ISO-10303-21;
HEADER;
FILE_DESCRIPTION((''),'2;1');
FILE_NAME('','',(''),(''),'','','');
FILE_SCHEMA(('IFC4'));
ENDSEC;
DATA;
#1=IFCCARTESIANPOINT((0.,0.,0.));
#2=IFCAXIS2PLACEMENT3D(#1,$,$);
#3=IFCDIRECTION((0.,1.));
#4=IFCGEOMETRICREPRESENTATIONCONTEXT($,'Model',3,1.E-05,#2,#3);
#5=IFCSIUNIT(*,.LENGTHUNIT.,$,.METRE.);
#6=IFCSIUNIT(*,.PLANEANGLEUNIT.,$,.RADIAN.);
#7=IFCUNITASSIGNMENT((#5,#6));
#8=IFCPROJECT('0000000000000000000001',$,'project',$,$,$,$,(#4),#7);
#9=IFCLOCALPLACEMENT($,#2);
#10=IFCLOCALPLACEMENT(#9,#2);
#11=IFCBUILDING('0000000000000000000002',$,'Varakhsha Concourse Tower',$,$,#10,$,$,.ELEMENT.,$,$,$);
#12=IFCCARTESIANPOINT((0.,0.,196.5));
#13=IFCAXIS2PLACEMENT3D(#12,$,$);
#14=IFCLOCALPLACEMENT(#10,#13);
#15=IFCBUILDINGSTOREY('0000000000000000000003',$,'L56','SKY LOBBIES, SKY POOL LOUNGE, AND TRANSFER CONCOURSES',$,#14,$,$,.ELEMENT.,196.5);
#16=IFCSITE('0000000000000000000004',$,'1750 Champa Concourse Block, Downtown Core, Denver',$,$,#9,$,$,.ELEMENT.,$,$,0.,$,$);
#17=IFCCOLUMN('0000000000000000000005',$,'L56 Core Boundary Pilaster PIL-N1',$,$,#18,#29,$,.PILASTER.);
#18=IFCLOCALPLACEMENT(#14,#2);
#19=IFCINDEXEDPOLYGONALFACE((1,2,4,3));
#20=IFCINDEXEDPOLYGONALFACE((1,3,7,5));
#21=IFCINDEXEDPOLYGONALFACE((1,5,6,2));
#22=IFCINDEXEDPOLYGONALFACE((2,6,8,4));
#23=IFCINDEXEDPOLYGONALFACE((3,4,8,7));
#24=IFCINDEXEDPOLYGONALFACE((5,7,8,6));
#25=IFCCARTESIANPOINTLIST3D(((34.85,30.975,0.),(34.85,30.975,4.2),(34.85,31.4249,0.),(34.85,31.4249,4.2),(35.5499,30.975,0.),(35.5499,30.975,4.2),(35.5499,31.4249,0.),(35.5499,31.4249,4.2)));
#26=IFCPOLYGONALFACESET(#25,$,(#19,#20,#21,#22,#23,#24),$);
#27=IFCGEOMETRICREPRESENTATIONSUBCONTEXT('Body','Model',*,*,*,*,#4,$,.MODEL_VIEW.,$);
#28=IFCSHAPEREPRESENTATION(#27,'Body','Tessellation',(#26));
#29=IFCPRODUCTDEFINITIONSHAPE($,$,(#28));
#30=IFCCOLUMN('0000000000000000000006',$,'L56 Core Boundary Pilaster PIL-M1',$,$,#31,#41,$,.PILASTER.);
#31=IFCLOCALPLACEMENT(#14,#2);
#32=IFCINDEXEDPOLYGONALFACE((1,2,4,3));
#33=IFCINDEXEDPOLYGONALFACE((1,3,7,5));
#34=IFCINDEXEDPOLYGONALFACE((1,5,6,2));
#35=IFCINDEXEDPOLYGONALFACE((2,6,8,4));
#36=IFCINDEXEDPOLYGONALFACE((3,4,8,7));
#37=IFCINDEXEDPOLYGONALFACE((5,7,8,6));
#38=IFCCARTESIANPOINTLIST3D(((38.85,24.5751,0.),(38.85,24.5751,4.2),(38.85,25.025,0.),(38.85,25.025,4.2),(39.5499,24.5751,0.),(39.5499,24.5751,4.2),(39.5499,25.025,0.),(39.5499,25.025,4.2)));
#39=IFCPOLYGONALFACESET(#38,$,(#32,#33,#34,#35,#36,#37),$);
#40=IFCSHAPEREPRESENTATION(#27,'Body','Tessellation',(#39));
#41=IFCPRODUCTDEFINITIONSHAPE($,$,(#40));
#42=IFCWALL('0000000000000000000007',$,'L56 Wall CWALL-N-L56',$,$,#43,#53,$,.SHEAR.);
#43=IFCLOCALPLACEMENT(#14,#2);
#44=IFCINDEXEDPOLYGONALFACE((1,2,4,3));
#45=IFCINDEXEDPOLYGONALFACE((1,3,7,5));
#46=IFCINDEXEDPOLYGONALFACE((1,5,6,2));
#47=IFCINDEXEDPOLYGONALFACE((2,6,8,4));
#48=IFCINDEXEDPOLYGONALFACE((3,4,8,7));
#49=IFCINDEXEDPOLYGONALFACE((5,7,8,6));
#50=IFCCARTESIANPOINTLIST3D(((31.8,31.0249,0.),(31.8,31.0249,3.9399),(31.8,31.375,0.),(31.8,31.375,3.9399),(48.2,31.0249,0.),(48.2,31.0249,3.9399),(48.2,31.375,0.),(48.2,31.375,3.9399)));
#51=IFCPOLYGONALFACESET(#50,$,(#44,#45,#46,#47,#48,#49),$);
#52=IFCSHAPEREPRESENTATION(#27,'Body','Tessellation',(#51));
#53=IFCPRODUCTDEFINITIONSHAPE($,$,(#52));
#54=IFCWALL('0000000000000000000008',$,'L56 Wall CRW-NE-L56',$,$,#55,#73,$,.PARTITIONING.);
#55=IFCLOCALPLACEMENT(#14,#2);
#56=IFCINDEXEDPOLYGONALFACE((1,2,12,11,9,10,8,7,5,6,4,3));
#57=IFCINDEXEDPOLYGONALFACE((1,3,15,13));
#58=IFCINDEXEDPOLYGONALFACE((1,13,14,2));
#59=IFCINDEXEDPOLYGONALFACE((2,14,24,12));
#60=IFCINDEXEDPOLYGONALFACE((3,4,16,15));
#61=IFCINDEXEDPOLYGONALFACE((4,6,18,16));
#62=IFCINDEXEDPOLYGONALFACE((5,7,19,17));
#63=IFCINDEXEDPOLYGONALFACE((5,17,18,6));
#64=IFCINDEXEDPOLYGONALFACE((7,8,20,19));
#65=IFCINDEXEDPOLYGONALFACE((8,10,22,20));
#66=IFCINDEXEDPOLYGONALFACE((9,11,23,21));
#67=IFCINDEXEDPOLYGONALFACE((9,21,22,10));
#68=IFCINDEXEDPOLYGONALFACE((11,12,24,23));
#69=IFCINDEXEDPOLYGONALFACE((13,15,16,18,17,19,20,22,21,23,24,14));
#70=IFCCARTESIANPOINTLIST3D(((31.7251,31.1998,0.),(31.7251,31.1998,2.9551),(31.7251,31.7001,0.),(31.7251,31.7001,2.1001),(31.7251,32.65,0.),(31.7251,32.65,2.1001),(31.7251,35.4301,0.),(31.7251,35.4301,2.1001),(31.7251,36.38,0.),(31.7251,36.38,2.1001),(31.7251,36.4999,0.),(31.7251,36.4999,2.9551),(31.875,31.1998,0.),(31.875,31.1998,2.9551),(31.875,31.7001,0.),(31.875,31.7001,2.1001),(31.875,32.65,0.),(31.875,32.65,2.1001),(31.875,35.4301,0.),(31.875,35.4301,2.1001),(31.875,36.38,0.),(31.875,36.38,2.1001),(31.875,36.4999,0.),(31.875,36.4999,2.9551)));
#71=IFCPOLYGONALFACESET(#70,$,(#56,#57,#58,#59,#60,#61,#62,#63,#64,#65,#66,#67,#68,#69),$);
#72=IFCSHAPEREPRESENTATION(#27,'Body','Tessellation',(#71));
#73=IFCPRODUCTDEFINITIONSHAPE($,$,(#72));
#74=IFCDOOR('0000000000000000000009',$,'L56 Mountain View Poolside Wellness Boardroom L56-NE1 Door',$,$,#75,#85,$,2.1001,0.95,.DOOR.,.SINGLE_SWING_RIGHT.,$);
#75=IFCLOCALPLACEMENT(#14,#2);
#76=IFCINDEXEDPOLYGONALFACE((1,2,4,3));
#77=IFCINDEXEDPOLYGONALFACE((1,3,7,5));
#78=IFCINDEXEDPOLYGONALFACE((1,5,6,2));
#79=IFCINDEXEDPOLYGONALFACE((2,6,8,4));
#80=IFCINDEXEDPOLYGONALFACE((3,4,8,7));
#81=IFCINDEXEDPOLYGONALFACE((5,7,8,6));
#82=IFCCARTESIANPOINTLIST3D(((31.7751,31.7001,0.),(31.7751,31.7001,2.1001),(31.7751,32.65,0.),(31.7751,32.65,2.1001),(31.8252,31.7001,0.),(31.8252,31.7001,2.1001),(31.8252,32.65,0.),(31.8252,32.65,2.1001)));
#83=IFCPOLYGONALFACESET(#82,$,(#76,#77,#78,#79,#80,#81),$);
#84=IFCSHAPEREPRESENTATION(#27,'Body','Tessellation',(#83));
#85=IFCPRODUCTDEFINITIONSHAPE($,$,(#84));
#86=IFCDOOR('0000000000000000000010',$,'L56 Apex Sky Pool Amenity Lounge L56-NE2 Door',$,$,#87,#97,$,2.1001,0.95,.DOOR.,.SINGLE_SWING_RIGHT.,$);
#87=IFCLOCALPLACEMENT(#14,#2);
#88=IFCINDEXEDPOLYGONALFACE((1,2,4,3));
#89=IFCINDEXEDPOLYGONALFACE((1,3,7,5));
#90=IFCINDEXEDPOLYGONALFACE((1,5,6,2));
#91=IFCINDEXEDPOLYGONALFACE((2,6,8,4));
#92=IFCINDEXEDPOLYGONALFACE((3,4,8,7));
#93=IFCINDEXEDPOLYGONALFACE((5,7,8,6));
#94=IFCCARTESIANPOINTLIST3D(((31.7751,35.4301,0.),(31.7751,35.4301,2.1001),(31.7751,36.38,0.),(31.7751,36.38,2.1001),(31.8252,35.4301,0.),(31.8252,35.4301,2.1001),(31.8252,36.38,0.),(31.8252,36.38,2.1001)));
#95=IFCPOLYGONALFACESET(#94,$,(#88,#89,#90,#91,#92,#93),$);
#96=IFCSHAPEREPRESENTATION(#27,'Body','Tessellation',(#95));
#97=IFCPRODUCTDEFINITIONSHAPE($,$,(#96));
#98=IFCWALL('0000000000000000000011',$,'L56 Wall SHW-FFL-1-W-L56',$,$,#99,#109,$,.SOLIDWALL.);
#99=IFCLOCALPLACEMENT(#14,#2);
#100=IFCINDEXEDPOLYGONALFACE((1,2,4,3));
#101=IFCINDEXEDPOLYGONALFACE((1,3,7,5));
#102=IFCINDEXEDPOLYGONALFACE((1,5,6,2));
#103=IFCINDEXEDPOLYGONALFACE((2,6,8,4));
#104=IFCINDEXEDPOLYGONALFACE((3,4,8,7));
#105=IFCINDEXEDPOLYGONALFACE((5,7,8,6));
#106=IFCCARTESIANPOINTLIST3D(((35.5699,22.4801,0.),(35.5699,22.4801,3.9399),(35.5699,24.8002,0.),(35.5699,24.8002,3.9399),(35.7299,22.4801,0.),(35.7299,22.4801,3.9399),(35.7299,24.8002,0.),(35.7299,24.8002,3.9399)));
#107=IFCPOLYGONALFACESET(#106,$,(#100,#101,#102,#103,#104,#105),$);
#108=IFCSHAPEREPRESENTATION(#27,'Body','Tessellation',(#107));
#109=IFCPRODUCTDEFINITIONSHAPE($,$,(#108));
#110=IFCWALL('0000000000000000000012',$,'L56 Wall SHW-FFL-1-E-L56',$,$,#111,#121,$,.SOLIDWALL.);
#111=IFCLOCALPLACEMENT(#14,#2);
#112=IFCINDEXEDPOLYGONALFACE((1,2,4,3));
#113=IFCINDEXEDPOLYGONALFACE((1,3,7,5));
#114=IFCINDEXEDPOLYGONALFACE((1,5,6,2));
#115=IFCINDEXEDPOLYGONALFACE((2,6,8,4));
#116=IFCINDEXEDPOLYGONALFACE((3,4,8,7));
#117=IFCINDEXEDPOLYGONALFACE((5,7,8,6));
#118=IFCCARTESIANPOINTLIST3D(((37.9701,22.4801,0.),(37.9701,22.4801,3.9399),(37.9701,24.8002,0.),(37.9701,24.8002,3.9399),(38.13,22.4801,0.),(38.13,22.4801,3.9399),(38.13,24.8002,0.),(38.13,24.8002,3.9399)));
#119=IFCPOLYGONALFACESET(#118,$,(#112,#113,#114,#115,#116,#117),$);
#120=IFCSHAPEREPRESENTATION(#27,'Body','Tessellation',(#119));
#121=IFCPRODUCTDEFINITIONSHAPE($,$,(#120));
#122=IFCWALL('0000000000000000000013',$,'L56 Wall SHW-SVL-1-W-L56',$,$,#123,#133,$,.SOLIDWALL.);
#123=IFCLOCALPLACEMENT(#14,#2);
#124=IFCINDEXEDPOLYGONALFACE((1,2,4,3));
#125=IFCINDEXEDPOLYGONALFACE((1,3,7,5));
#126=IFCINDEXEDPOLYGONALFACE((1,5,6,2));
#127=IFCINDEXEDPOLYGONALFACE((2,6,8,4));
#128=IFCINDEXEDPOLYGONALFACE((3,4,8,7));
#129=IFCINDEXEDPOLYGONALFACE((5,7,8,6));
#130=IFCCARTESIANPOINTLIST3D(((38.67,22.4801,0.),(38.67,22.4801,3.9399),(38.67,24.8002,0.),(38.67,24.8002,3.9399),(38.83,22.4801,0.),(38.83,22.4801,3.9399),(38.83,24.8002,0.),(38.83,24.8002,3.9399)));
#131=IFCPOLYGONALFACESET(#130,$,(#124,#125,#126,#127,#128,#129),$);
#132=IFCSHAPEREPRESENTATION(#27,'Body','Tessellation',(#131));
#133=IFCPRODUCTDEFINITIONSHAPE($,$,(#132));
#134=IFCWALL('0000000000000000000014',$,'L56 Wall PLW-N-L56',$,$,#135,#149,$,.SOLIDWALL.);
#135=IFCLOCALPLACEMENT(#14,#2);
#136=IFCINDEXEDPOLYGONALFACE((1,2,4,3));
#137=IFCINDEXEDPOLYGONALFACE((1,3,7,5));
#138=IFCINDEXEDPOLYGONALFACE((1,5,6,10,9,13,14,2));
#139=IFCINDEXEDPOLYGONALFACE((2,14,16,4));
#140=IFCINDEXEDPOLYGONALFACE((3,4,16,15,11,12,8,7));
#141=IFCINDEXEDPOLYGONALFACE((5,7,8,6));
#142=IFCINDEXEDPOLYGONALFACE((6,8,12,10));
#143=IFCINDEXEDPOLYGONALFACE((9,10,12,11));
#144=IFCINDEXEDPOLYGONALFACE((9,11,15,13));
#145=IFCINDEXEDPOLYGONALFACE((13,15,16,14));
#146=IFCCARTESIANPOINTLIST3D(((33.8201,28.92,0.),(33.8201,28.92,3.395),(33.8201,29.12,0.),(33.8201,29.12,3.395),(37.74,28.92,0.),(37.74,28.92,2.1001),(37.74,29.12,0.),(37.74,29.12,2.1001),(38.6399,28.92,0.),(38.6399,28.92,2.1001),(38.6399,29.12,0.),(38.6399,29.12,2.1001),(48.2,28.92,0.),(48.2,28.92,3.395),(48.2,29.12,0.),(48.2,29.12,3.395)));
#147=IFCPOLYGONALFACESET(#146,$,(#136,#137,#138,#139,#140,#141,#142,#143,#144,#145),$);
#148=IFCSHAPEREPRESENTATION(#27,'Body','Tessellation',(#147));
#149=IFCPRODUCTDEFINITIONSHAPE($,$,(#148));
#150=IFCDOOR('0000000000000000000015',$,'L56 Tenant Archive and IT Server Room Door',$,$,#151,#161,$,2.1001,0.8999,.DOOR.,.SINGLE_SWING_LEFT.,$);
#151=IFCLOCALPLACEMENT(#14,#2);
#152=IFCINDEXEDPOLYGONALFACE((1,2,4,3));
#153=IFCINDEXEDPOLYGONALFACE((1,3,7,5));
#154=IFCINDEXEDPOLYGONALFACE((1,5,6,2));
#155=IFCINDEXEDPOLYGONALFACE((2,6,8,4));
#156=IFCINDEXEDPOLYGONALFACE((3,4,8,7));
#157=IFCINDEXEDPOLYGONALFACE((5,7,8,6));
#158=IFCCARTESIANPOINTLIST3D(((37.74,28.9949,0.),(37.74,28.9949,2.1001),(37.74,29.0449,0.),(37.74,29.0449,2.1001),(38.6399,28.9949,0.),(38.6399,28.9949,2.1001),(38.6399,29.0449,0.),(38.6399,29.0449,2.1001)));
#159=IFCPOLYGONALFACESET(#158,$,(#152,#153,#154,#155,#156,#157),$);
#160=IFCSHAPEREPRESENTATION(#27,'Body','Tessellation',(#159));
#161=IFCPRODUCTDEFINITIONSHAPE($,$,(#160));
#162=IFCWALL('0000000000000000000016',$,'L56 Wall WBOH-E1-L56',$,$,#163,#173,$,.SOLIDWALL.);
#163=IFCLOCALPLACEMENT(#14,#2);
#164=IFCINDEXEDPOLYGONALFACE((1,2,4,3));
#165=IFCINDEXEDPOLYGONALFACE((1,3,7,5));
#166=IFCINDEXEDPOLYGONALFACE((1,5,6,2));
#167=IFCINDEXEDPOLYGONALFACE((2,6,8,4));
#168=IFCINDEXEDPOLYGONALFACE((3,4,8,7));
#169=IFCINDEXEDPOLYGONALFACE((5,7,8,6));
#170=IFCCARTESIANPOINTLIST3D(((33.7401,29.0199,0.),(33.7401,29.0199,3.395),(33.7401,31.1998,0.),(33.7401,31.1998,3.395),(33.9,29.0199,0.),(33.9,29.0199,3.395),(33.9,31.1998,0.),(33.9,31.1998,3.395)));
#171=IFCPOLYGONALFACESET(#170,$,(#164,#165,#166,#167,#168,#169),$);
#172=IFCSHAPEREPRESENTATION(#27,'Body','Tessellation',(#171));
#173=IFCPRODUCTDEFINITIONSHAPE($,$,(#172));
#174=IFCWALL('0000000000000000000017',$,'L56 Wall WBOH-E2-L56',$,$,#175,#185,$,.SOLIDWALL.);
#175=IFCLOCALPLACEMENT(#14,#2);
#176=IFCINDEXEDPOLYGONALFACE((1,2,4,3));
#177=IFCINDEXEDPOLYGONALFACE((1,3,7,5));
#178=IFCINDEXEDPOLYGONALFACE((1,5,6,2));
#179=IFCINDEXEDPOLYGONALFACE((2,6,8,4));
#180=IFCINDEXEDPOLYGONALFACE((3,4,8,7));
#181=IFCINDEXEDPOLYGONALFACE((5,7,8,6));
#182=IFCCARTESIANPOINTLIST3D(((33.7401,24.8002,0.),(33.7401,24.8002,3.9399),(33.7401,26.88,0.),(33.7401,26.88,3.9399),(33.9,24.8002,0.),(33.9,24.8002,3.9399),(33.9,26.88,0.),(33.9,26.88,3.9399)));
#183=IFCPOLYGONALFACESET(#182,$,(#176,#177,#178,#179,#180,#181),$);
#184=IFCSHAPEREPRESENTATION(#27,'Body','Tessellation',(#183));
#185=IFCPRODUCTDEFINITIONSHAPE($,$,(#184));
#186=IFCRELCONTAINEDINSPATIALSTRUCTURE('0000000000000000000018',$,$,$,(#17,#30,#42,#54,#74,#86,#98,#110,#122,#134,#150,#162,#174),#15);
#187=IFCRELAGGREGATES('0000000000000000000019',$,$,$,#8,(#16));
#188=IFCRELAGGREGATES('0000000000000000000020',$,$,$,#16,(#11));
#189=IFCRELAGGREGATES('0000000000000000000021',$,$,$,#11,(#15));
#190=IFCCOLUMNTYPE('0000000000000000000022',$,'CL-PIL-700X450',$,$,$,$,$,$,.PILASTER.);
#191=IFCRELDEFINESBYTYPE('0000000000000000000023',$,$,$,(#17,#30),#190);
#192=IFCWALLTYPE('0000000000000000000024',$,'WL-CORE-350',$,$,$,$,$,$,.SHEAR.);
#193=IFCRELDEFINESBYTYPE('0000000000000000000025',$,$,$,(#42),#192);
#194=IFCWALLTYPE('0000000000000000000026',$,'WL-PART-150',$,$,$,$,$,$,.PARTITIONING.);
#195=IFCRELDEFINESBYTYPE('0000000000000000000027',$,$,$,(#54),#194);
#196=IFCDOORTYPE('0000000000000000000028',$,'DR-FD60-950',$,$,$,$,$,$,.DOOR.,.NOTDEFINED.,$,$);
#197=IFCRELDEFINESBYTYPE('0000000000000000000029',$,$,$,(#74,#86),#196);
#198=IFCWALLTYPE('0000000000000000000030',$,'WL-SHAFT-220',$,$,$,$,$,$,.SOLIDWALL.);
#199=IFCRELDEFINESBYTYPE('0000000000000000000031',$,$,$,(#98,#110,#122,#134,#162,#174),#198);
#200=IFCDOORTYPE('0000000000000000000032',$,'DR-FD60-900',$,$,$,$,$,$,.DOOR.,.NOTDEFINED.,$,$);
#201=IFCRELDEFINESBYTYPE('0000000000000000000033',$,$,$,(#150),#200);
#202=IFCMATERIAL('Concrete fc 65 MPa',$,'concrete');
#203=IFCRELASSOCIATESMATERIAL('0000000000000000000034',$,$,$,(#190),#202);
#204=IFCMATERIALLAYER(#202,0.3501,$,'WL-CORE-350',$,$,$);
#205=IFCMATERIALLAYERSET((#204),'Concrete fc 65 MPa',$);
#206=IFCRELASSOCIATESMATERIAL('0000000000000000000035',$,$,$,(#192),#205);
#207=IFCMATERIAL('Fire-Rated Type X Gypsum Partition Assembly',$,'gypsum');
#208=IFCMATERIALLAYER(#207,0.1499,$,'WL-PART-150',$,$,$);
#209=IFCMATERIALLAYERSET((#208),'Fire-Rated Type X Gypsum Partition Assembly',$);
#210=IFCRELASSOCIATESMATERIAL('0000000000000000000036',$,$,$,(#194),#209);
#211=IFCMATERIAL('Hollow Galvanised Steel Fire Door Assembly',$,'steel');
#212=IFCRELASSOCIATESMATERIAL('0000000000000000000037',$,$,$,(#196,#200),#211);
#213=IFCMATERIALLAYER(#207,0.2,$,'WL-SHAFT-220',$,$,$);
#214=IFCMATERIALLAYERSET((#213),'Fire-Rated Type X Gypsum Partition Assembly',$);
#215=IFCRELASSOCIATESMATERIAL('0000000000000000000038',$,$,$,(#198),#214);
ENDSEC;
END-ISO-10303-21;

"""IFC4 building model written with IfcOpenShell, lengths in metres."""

from ifc_helpers import new_model, si_unit, direction, frame, frame_2d, origin, origin_2d, place, context, subcontext, project, spatial, rectangle, extrude, material, layer, layer_set, material_profile, profile_set, type_object, element, fill, save


model = new_model("IFC4")

# Units and contexts
model_context = context("Model", 3, precision=1e-05, world=origin(), true_north=direction((0.0, 1.0)))
body_context = subcontext(model_context, "Body", "Model", "MODEL_VIEW")
ifc_project = project(units=[si_unit("LENGTHUNIT", "METRE"), si_unit("PLANEANGLEUNIT", "RADIAN")], contexts=[model_context])

# Site, building, storey
site_placement = place(None, origin())
site = spatial("IfcSite", under=ifc_project, at=site_placement, Name="1750 Champa Concourse Block, Downtown Core, Denver", CompositionType="ELEMENT", RefElevation=0.0)
building_placement = place(site_placement, origin())
building = spatial("IfcBuilding", under=site, at=building_placement, Name="Varakhsha Concourse Tower", CompositionType="ELEMENT")
storey_placement = place(building_placement, frame((0.0, 0.0, 196.5)))
storey = spatial("IfcBuildingStorey", under=building, at=storey_placement, Name="L56", Description="SKY LOBBIES, SKY POOL LOUNGE, AND TRANSFER CONCOURSES", CompositionType="ELEMENT", Elevation=196.5)

# Columns
ifc_material_1 = material(Name="Concrete fc 65 MPa", Category="concrete")
ifc_material_profile = material_profile(ifc_material_1, rectangle(XDim=0.7, YDim=0.45, at=origin_2d()), Name="RC 700x450")
ifc_profile_set = profile_set([ifc_material_profile], Name="Concrete fc 65 MPa")
column_type = type_object("IfcColumnType", Name="CL-PIL-700X450", PredefinedType="PILASTER", material=ifc_profile_set)
for number, where, z_axis, x_axis, name in (
    (1, (35.2, 31.2, 0.0), (0.0, 0.0, 1.0), (1.0, 0.0, 0.0), "L56 Core Boundary Pilaster PIL-N1"),
    (2, (39.2, 24.8, 0.0), (0.0, 0.0, 1.0), (1.0, 0.0, 0.0), "L56 Core Boundary Pilaster PIL-M1"),
):
    element("IfcColumn", number, at=place(storey_placement, frame(where, z_axis=z_axis, x_axis=x_axis)), inside=storey, type_object=column_type, Name=name, PredefinedType="PILASTER", context=body_context, shape_type="SweptSolid", body=[
        extrude(rectangle(XDim=0.7, YDim=0.45, at=origin_2d()), origin(), (0.0, 0.0, 1.0), 4.2),
    ])

# Wall
ifc_layer_1 = layer(ifc_material_1, 0.3501, Name="WL-CORE-350")
ifc_layer_set_1 = layer_set([ifc_layer_1], Name="Concrete fc 65 MPa")
wall_type_1 = type_object("IfcWallType", Name="WL-CORE-350", PredefinedType="SHEAR", material=ifc_layer_set_1)
wall_1_placement = place(storey_placement, frame((31.8, 31.2, 0.0), z_axis=(0.0, 0.0, 1.0), x_axis=(1.0, 0.0, 0.0)))
element("IfcWall", 3, at=wall_1_placement, inside=storey, type_object=wall_type_1, Name="L56 Wall CWALL-N-L56", PredefinedType="SHEAR", context=body_context, shape_type="SweptSolid", body=[
    extrude(rectangle(XDim=16.3999, YDim=0.3501, at=frame_2d((8.2, 0.0))), origin(), (0.0, 0.0, 1.0), 3.9399),
])

# Wall, openings, doors
ifc_material_2 = material(Name="Fire-Rated Type X Gypsum Partition Assembly", Category="gypsum")
ifc_layer_2 = layer(ifc_material_2, 0.1499, Name="WL-PART-150")
ifc_layer_set_2 = layer_set([ifc_layer_2], Name="Fire-Rated Type X Gypsum Partition Assembly")
wall_type_2 = type_object("IfcWallType", Name="WL-PART-150", PredefinedType="PARTITIONING", material=ifc_layer_set_2)
wall_2_placement = place(storey_placement, frame((31.8, 31.2, 0.0), z_axis=(0.0, 0.0, 1.0), x_axis=(0.0, 1.0, 0.0)))
wall_2 = element("IfcWall", 4, at=wall_2_placement, inside=storey, type_object=wall_type_2, Name="L56 Wall CRW-NE-L56", PredefinedType="PARTITIONING", context=body_context, shape_type="SweptSolid", body=[
    extrude(rectangle(XDim=5.3, YDim=0.1499, at=frame_2d((2.6499, 0.0))), origin(), (0.0, 0.0, 1.0), 2.9551),
])
opening_1_placement = place(wall_2_placement, frame((0.5, 0.0, 0.0)))
opening_1 = element("IfcOpeningElement", 5, at=opening_1_placement, cuts=wall_2, PredefinedType="OPENING", context=body_context, shape_type="SweptSolid", body=[
    extrude(rectangle(XDim=0.95, YDim=2.1001, at=frame_2d((0.4751, 1.05))), frame((0.0, 0.085, 0.0), z_axis=(0.0, -1.0, 0.0), x_axis=(1.0, 0.0, 0.0)), (0.0, 0.0, 1.0), 0.1699),
])
opening_2_placement = place(wall_2_placement, frame((4.23, 0.0, 0.0)))
opening_2 = element("IfcOpeningElement", 6, at=opening_2_placement, cuts=wall_2, PredefinedType="OPENING", context=body_context, shape_type="SweptSolid", body=[
    extrude(rectangle(XDim=0.95, YDim=2.1001, at=frame_2d((0.4751, 1.05))), frame((0.0, 0.085, 0.0), z_axis=(0.0, -1.0, 0.0), x_axis=(1.0, 0.0, 0.0)), (0.0, 0.0, 1.0), 0.1699),
])
ifc_material_3 = material(Name="Hollow Galvanised Steel Fire Door Assembly", Category="steel")
door_type_1 = type_object("IfcDoorType", Name="DR-FD60-950", OperationType="NOTDEFINED", PredefinedType="DOOR", material=ifc_material_3)
door_1_placement = place(opening_1_placement, origin())
door_1 = element("IfcDoor", 7, at=door_1_placement, inside=storey, type_object=door_type_1, Name="L56 Mountain View Poolside Wellness Boardroom L56-NE1 Door", OperationType="SINGLE_SWING_RIGHT", OverallHeight=2.1001, OverallWidth=0.95, PredefinedType="DOOR", context=body_context, shape_type="SweptSolid", body=[
    extrude(rectangle(XDim=0.95, YDim=2.1001, at=frame_2d((0.4751, 1.05))), frame((0.0, 0.0249, 0.0), z_axis=(0.0, -1.0, 0.0), x_axis=(1.0, 0.0, 0.0)), (0.0, 0.0, 1.0), 0.05),
])
fill(opening_1, door_1)
door_2_placement = place(opening_2_placement, origin())
door_2 = element("IfcDoor", 8, at=door_2_placement, inside=storey, type_object=door_type_1, Name="L56 Apex Sky Pool Amenity Lounge L56-NE2 Door", OperationType="SINGLE_SWING_RIGHT", OverallHeight=2.1001, OverallWidth=0.95, PredefinedType="DOOR", context=body_context, shape_type="SweptSolid", body=[
    extrude(rectangle(XDim=0.95, YDim=2.1001, at=frame_2d((0.4751, 1.05))), frame((0.0, 0.0249, 0.0), z_axis=(0.0, -1.0, 0.0), x_axis=(1.0, 0.0, 0.0)), (0.0, 0.0, 1.0), 0.05),
])
fill(opening_2, door_2)
ifc_layer_3 = layer(ifc_material_2, 0.2, Name="WL-SHAFT-220")
ifc_layer_set_3 = layer_set([ifc_layer_3], Name="Fire-Rated Type X Gypsum Partition Assembly")
wall_type_3 = type_object("IfcWallType", Name="WL-SHAFT-220", PredefinedType="SOLIDWALL", material=ifc_layer_set_3)

# Walls
for number, where, z_axis, x_axis, name in (
    (9, (35.6499, 22.48, 0.0), (0.0, 0.0, 1.0), (0.0, 1.0, 0.0), "L56 Wall SHW-FFL-1-W-L56"),
    (10, (38.05, 22.48, 0.0), (0.0, 0.0, 1.0), (0.0, 1.0, 0.0), "L56 Wall SHW-FFL-1-E-L56"),
    (11, (38.75, 22.48, 0.0), (0.0, 0.0, 1.0), (0.0, 1.0, 0.0), "L56 Wall SHW-SVL-1-W-L56"),
):
    element("IfcWall", number, at=place(storey_placement, frame(where, z_axis=z_axis, x_axis=x_axis)), inside=storey, type_object=wall_type_3, Name=name, PredefinedType="SOLIDWALL", context=body_context, shape_type="SweptSolid", body=[
        extrude(rectangle(XDim=2.3201, YDim=0.1599, at=frame_2d((1.1602, 0.0))), origin(), (0.0, 0.0, 1.0), 3.9399),
    ])

# Wall, opening, door
wall_3_placement = place(storey_placement, frame((33.8201, 29.02, 0.0), z_axis=(0.0, 0.0, 1.0), x_axis=(1.0, 0.0, 0.0)))
wall_3 = element("IfcWall", 12, at=wall_3_placement, inside=storey, type_object=wall_type_3, Name="L56 Wall PLW-N-L56", PredefinedType="SOLIDWALL", context=body_context, shape_type="SweptSolid", body=[
    extrude(rectangle(XDim=14.3799, YDim=0.2, at=frame_2d((7.1899, 0.0))), origin(), (0.0, 0.0, 1.0), 3.395),
])
opening_3_placement = place(wall_3_placement, frame((3.9199, 0.0, 0.0)))
opening_3 = element("IfcOpeningElement", 13, at=opening_3_placement, cuts=wall_3, PredefinedType="OPENING", context=body_context, shape_type="SweptSolid", body=[
    extrude(rectangle(XDim=0.8999, YDim=2.1001, at=frame_2d((0.45, 1.05))), frame((0.0, 0.1099, 0.0), z_axis=(0.0, -1.0, 0.0), x_axis=(1.0, 0.0, 0.0)), (0.0, 0.0, 1.0), 0.22),
])
door_type_2 = type_object("IfcDoorType", Name="DR-FD60-900", OperationType="NOTDEFINED", PredefinedType="DOOR", material=ifc_material_3)
door_3_placement = place(opening_3_placement, origin())
door_3 = element("IfcDoor", 14, at=door_3_placement, inside=storey, type_object=door_type_2, Name="L56 Tenant Archive and IT Server Room Door", OperationType="SINGLE_SWING_LEFT", OverallHeight=2.1001, OverallWidth=0.8999, PredefinedType="DOOR", context=body_context, shape_type="SweptSolid", body=[
    extrude(rectangle(XDim=0.8999, YDim=2.1001, at=frame_2d((0.45, 1.05))), frame((0.0, 0.0249, 0.0), z_axis=(0.0, -1.0, 0.0), x_axis=(1.0, 0.0, 0.0)), (0.0, 0.0, 1.0), 0.05),
])
fill(opening_3, door_3)

# Walls
wall_4_placement = place(storey_placement, frame((33.8201, 29.02, 0.0), z_axis=(0.0, 0.0, 1.0), x_axis=(0.0, 1.0, 0.0)))
element("IfcWall", 15, at=wall_4_placement, inside=storey, type_object=wall_type_3, Name="L56 Wall WBOH-E1-L56", PredefinedType="SOLIDWALL", context=body_context, shape_type="SweptSolid", body=[
    extrude(rectangle(XDim=2.1799, YDim=0.1599, at=frame_2d((1.0898, 0.0))), origin(), (0.0, 0.0, 1.0), 3.395),
])
for number, where, z_axis, x_axis, name in (
    (16, (33.8201, 24.8, 0.0), (0.0, 0.0, 1.0), (0.0, 1.0, 0.0), "L56 Wall WBOH-E2-L56"),
):
    element("IfcWall", number, at=place(storey_placement, frame(where, z_axis=z_axis, x_axis=x_axis)), inside=storey, type_object=wall_type_3, Name=name, PredefinedType="SOLIDWALL", context=body_context, shape_type="SweptSolid", body=[
        extrude(rectangle(XDim=2.0798, YDim=0.1599, at=frame_2d((1.04, 0.0))), origin(), (0.0, 0.0, 1.0), 3.9399),
    ])

save(model, "model.ifc")
